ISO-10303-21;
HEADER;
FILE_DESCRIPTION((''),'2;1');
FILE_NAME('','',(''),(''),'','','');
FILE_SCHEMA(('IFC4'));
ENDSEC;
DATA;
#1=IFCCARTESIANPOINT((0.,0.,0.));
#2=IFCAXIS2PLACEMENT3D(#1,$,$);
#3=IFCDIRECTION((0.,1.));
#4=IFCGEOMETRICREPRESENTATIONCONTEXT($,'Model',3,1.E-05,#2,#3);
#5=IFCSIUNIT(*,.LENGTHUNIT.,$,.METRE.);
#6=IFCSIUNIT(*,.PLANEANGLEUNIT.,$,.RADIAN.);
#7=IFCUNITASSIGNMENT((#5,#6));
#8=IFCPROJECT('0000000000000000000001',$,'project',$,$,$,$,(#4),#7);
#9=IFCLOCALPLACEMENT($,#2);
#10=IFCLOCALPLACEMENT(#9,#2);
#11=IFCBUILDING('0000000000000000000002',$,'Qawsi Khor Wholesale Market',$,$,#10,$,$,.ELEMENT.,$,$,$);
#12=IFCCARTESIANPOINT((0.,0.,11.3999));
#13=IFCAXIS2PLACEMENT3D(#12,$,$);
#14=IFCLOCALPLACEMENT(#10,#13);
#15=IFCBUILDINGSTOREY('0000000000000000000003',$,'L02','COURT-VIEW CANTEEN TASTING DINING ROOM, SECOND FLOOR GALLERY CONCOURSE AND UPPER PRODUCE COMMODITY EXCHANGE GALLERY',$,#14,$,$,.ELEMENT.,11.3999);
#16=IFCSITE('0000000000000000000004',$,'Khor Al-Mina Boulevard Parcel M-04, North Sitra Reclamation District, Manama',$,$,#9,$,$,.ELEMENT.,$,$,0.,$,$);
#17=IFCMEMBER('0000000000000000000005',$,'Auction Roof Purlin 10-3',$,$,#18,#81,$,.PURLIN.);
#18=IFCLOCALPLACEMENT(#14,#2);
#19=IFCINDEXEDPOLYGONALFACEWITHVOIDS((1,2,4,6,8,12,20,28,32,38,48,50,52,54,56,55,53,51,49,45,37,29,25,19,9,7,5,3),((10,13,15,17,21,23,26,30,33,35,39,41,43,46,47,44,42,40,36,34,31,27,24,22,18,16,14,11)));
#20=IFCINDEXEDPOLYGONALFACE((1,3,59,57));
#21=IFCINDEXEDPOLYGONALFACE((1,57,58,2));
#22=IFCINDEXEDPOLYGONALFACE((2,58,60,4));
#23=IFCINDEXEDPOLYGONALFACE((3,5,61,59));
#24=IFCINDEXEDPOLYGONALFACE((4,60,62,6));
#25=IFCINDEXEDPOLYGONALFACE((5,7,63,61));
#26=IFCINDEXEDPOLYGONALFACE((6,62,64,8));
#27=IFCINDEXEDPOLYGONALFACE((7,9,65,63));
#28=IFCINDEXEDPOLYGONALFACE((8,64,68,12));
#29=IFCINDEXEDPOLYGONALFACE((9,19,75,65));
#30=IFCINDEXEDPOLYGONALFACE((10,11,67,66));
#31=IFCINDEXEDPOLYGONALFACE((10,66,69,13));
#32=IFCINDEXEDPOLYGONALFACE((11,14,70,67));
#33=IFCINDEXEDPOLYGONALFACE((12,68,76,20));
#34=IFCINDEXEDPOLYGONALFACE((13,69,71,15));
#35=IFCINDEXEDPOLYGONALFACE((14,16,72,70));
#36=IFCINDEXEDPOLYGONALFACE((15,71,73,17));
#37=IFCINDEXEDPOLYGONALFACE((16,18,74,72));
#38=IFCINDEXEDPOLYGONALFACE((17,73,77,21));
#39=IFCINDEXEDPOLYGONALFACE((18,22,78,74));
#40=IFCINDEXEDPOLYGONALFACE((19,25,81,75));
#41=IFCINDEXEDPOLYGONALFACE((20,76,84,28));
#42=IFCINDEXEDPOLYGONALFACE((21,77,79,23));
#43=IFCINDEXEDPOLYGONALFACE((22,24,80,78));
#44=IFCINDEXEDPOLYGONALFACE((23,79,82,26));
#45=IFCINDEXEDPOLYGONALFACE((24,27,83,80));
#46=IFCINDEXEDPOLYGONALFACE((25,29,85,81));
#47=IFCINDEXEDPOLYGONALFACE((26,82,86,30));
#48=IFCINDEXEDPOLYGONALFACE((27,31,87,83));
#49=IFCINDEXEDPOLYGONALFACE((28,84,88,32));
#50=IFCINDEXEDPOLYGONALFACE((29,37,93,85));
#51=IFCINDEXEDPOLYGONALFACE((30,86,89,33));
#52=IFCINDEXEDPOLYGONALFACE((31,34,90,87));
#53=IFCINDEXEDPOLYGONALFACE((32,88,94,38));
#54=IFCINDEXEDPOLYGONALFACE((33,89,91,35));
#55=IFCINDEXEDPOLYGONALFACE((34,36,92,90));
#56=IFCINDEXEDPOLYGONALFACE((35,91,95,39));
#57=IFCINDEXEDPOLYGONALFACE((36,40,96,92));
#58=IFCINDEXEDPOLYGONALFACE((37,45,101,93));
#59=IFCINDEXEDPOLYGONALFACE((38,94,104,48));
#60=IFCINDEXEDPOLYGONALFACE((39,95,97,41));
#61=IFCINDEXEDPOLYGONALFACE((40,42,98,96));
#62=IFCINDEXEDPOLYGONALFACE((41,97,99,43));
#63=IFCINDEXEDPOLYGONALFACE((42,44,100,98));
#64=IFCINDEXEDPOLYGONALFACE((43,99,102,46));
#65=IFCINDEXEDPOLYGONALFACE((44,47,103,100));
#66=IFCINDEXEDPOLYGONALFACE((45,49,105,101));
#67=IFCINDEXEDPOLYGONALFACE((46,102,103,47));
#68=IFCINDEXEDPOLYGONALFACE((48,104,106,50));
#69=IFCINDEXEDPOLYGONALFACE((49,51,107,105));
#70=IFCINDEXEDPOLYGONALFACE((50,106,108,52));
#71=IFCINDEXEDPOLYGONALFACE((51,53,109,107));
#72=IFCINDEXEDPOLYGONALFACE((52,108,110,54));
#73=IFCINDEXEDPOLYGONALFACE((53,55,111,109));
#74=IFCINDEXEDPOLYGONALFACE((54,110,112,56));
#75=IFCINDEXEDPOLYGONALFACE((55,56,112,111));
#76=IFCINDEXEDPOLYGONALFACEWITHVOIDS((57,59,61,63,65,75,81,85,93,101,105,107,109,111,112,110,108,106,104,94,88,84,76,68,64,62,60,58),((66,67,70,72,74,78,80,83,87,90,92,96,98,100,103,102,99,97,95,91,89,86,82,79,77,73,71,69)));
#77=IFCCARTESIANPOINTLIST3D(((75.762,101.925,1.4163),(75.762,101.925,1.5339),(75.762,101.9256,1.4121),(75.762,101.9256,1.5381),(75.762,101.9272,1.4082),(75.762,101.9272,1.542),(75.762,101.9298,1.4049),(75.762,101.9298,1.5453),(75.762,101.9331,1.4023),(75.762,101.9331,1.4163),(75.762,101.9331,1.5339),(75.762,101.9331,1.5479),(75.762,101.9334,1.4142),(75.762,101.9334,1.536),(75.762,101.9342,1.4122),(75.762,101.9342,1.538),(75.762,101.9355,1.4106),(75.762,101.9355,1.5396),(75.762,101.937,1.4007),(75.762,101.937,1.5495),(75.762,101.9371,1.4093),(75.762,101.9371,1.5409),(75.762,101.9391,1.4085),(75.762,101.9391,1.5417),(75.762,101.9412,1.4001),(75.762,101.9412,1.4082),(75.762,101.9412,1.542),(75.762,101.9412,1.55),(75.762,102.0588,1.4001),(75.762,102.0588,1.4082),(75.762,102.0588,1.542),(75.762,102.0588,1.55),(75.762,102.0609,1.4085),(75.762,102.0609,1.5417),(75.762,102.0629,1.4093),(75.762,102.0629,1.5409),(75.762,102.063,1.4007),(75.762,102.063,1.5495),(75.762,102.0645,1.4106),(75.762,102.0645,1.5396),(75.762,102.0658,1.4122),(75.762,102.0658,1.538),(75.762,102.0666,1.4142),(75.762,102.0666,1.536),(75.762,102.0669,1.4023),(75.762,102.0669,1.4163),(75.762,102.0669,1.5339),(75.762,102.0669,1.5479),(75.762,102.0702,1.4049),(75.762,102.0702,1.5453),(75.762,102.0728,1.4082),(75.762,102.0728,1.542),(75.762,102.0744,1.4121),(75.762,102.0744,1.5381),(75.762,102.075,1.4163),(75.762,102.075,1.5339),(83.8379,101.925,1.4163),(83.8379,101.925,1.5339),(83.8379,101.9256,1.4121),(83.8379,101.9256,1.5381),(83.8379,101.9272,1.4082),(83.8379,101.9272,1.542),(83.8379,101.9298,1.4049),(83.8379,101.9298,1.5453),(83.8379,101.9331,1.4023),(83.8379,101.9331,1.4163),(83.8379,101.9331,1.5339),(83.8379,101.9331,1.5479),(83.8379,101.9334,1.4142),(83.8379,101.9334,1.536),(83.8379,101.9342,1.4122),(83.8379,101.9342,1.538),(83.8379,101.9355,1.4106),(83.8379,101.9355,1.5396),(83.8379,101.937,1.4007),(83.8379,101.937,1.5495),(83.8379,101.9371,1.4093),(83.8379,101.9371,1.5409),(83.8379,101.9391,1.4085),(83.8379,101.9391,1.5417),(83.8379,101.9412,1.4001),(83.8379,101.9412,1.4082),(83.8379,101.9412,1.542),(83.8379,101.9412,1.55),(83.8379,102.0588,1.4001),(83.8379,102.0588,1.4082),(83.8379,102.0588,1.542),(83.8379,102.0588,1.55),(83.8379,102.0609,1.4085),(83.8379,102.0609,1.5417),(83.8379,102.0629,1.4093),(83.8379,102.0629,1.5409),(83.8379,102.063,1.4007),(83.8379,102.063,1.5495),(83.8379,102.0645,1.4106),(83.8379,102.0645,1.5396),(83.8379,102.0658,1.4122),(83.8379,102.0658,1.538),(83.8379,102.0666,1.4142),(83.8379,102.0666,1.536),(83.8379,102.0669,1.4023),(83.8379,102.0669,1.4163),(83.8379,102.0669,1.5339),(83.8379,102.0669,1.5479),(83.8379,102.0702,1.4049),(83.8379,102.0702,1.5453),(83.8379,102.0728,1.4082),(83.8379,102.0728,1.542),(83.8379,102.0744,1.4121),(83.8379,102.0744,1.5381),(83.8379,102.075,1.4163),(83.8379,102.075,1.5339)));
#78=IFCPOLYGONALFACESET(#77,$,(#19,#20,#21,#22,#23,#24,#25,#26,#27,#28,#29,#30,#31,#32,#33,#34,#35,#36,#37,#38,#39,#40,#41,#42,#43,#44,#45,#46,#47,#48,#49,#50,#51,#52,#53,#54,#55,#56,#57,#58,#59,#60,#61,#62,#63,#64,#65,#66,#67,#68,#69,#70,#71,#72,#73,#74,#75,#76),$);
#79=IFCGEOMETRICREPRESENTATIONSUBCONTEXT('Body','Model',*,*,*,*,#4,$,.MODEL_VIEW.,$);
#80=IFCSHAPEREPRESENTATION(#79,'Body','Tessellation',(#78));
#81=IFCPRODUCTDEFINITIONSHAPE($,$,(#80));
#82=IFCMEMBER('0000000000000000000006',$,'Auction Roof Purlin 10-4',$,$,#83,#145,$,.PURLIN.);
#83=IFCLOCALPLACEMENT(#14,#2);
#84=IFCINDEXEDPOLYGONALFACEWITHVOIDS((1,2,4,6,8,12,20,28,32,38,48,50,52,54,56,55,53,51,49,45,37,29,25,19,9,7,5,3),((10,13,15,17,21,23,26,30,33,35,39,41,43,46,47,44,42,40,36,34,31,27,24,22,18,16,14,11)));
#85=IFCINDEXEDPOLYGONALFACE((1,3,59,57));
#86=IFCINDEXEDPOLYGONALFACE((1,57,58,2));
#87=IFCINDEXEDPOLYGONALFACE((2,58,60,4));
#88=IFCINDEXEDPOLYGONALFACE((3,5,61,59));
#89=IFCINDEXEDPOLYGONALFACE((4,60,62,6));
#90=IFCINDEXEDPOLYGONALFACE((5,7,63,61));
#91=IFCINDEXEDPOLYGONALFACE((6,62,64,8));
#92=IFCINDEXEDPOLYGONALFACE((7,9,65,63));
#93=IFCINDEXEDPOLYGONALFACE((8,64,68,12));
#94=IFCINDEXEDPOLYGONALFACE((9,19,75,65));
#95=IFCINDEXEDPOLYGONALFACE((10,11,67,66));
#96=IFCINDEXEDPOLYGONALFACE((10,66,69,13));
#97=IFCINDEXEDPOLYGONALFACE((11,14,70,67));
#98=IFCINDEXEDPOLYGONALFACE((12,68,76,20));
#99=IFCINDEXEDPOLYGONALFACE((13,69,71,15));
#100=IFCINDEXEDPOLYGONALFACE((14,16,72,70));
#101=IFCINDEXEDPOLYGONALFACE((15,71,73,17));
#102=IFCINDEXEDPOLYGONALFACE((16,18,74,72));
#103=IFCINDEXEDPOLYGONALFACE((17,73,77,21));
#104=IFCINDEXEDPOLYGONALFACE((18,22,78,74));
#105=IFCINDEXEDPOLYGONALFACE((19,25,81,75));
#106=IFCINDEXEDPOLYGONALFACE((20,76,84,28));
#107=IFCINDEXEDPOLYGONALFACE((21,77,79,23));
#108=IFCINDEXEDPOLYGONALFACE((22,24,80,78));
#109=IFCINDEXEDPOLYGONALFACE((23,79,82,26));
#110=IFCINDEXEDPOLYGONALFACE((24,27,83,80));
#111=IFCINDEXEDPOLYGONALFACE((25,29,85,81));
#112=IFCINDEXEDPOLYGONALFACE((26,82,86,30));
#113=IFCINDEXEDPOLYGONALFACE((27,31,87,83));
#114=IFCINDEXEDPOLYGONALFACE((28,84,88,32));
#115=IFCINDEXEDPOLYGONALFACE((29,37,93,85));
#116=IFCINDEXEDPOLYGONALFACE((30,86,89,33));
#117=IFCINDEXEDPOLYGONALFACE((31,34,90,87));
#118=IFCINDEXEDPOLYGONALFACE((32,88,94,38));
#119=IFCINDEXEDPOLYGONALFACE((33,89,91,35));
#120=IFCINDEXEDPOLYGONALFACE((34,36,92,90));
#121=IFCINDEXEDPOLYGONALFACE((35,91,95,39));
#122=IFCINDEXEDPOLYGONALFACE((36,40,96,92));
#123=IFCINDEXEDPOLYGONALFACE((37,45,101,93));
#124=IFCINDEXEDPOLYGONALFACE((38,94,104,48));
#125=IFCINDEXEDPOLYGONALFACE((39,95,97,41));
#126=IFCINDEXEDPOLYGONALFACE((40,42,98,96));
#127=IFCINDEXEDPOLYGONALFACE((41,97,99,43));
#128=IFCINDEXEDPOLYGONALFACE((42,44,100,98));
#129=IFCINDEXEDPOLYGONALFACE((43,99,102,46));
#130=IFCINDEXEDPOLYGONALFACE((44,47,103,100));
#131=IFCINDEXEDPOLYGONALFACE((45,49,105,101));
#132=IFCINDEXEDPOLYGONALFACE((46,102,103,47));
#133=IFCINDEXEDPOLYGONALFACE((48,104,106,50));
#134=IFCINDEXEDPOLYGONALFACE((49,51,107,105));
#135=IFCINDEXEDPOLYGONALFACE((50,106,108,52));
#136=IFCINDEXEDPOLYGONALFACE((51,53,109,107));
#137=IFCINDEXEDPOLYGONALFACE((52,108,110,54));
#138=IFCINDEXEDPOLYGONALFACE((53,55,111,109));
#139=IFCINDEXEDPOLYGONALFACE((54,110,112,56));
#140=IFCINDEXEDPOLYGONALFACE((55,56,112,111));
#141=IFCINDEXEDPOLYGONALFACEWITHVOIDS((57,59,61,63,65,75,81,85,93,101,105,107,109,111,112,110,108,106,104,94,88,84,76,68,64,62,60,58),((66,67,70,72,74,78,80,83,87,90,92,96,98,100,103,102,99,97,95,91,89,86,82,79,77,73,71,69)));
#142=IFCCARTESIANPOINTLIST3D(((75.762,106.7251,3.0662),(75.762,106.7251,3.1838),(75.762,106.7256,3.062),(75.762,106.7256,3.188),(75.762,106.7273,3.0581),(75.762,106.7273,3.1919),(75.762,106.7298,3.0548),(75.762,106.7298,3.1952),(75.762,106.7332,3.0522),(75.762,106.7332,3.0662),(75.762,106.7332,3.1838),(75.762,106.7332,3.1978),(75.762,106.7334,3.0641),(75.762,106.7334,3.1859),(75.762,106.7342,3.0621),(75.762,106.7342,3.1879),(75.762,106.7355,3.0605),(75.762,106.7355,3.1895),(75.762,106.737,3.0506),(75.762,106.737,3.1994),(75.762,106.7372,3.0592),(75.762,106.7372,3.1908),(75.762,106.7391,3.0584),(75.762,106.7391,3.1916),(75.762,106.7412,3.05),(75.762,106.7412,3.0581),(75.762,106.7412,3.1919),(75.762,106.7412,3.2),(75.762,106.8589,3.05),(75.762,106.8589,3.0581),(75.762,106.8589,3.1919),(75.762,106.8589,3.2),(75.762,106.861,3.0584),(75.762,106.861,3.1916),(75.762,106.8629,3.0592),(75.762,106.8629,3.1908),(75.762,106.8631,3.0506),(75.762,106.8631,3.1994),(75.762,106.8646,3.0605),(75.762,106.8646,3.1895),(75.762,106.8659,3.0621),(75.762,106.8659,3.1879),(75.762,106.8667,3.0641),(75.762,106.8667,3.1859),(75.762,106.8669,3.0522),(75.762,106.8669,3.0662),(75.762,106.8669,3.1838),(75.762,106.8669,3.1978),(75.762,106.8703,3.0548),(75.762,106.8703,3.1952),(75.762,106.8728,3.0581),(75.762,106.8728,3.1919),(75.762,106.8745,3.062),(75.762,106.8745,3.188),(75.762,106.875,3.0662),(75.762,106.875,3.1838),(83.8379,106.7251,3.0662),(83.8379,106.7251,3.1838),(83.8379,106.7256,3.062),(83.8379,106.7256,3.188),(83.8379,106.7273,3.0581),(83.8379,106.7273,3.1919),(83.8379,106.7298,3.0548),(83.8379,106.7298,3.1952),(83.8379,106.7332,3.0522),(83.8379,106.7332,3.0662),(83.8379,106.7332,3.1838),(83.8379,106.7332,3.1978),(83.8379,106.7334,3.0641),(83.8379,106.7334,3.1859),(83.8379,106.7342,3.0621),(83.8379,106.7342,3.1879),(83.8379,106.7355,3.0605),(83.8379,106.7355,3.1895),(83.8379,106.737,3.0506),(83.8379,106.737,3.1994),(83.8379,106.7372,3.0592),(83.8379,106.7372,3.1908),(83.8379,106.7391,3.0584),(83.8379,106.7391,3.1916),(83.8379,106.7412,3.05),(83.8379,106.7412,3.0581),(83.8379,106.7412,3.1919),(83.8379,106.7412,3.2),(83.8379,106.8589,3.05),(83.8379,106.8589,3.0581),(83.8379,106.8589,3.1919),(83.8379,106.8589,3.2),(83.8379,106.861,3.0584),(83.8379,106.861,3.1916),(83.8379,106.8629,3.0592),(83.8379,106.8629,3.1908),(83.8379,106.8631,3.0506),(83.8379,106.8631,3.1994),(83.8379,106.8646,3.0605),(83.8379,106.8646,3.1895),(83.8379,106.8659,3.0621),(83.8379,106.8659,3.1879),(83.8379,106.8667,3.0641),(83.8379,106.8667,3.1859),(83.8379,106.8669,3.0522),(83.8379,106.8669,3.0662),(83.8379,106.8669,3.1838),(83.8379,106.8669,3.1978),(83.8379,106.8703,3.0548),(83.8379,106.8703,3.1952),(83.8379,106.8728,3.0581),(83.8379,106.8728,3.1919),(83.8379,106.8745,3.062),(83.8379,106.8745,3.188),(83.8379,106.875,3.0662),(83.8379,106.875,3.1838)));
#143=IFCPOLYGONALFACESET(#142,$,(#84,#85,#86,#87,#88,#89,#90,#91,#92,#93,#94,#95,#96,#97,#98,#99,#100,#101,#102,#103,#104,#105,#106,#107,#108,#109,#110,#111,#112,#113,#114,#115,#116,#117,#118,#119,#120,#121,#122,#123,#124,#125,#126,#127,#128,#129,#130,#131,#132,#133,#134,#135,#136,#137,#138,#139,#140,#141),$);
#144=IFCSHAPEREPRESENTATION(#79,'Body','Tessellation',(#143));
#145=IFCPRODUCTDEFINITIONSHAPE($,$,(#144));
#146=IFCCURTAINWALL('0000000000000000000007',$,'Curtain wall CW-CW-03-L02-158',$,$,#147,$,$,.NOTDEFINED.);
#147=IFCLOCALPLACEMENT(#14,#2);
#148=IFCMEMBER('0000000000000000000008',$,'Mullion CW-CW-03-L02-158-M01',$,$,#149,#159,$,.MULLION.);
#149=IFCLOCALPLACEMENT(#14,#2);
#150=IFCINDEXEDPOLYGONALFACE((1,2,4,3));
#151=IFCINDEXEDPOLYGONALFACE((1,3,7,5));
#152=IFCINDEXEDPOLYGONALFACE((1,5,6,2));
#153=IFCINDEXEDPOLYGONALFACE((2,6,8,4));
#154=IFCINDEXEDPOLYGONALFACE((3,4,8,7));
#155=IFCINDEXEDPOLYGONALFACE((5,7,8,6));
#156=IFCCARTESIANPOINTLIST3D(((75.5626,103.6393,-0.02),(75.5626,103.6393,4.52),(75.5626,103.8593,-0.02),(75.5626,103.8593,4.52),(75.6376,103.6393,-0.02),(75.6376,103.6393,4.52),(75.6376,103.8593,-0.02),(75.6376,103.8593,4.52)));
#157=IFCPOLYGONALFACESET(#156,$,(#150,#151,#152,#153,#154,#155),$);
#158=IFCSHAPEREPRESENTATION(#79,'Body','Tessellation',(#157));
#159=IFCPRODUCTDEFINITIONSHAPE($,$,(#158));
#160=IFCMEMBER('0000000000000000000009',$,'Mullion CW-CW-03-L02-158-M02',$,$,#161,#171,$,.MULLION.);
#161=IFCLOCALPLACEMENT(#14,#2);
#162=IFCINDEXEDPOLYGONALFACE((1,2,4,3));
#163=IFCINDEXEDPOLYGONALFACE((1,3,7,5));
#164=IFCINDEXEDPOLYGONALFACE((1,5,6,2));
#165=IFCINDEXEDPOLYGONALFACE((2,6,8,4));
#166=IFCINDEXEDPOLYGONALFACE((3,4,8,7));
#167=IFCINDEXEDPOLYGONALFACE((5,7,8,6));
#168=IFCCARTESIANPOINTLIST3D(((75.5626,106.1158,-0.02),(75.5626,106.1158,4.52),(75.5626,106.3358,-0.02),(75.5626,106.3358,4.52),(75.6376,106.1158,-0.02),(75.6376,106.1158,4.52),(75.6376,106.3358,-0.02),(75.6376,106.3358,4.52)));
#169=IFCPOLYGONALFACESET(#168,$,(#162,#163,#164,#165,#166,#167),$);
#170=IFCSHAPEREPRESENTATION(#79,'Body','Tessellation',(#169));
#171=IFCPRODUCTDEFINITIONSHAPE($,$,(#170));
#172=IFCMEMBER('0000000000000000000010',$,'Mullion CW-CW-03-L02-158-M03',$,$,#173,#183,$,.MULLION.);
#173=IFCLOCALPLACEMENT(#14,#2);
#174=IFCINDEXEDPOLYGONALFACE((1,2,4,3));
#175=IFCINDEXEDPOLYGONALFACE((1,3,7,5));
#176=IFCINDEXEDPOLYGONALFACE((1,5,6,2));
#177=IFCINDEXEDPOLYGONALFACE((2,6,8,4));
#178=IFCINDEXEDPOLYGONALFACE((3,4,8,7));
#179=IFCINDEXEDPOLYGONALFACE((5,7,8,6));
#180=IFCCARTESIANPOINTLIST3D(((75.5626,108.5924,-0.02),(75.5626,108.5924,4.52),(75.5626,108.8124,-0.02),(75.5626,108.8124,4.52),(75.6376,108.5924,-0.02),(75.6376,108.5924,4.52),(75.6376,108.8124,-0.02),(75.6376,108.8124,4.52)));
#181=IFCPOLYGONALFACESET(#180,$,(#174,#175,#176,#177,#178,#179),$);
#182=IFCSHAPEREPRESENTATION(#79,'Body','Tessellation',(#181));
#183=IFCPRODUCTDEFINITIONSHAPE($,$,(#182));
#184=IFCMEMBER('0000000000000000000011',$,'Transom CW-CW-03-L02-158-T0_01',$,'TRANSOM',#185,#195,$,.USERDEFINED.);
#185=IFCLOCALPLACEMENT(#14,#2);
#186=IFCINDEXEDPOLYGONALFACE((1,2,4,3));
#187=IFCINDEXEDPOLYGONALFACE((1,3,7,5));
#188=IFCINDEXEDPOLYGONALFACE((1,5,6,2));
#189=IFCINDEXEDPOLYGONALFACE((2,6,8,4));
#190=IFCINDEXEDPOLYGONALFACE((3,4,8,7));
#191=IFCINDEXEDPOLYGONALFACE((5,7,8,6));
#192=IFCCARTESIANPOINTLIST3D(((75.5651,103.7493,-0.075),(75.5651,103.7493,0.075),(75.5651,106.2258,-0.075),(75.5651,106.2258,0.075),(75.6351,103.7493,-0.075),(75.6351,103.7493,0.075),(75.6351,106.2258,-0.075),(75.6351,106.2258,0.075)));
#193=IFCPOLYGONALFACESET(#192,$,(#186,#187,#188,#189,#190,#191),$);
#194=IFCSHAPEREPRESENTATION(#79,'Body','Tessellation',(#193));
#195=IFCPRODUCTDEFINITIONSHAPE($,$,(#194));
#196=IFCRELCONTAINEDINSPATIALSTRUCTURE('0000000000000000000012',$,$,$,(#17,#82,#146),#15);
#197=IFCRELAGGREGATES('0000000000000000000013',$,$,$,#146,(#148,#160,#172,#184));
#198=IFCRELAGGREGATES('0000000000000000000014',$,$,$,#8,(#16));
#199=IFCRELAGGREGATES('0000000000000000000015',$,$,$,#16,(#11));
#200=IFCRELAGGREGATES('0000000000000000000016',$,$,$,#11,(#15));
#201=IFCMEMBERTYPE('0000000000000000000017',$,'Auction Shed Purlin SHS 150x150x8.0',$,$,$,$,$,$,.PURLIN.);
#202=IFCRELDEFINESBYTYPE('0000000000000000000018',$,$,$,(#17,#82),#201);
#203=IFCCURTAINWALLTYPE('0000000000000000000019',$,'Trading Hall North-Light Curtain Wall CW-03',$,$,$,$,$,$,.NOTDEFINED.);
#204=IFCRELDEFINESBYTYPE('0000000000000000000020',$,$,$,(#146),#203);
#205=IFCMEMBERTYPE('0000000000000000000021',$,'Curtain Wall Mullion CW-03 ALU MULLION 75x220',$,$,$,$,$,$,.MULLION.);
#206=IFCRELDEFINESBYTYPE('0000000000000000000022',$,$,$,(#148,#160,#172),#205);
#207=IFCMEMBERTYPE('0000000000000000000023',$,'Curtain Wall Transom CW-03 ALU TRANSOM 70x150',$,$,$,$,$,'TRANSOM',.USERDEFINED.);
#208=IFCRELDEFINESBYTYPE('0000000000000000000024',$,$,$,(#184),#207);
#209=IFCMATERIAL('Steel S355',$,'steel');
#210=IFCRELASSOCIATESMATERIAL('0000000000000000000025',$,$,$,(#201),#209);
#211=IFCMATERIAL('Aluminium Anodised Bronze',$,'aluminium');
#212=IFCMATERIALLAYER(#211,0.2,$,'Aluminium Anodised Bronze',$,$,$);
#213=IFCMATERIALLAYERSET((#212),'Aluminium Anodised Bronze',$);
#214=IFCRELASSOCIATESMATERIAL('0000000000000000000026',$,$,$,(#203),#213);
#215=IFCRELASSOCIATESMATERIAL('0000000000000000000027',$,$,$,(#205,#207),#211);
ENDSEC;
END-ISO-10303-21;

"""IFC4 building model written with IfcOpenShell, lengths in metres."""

from ifc_helpers import new_model, si_unit, direction, frame, origin, origin_2d, place, context, subcontext, project, spatial, rectangle, hollow_rectangle, extrude, material, layer, layer_set, material_profile, profile_set, type_object, element, aggregate, save


model = new_model("IFC4")

# Units and contexts
model_context = context("Model", 3, precision=1e-05, world=origin(), true_north=direction((0.0, 1.0)))
body_context = subcontext(model_context, "Body", "Model", "MODEL_VIEW")
ifc_project = project(units=[si_unit("LENGTHUNIT", "METRE"), si_unit("PLANEANGLEUNIT", "RADIAN")], contexts=[model_context])

# Site, building, storey
site_placement = place(None, origin())
site = spatial("IfcSite", under=ifc_project, at=site_placement, Name="Khor Al-Mina Boulevard Parcel M-04, North Sitra Reclamation District, Manama", CompositionType="ELEMENT", RefElevation=0.0)
building_placement = place(site_placement, origin())
building = spatial("IfcBuilding", under=site, at=building_placement, Name="Qawsi Khor Wholesale Market", CompositionType="ELEMENT")
storey_placement = place(building_placement, frame((0.0, 0.0, 11.3999)))
storey = spatial("IfcBuildingStorey", under=building, at=storey_placement, Name="L02", Description="COURT-VIEW CANTEEN TASTING DINING ROOM, SECOND FLOOR GALLERY CONCOURSE AND UPPER PRODUCE COMMODITY EXCHANGE GALLERY", CompositionType="ELEMENT", Elevation=11.3999)

# Members
ifc_material_1 = material(Name="Steel S355", Category="steel")
ifc_material_profile_1 = material_profile(ifc_material_1, hollow_rectangle(XDim=0.1499, YDim=0.1499, WallThickness=0.0081, InnerFilletRadius=0.0081, OuterFilletRadius=0.0161, at=origin_2d()), Name="SHS 150x150x8.0")
ifc_profile_set_1 = profile_set([ifc_material_profile_1], Name="Steel S355")
member_type_1 = type_object("IfcMemberType", Name="Auction Shed Purlin SHS 150x150x8.0", PredefinedType="PURLIN", material=ifc_profile_set_1)
for number, where, z_axis, x_axis, name in (
    (1, (75.762, 102.0, 1.4751), (1.0, 0.0, 0.0), (0.0, 1.0, 0.0), "Auction Roof Purlin 10-3"),
    (2, (75.762, 106.8, 3.125), (1.0, 0.0, 0.0), (0.0, 1.0, 0.0), "Auction Roof Purlin 10-4"),
):
    element("IfcMember", number, at=place(storey_placement, frame(where, z_axis=z_axis, x_axis=x_axis)), inside=storey, type_object=member_type_1, Name=name, PredefinedType="PURLIN", context=body_context, shape_type="SweptSolid", body=[
        extrude(hollow_rectangle(XDim=0.1499, YDim=0.1499, WallThickness=0.0081, InnerFilletRadius=0.0081, OuterFilletRadius=0.0161, at=origin_2d()), origin(), (0.0, 0.0, 1.0), 8.0759),
    ])

# Curtain wall, members
ifc_material_2 = material(Name="Aluminium Anodised Bronze", Category="aluminium")
ifc_layer_1 = layer(ifc_material_2, 0.2, Name="Aluminium Anodised Bronze")
ifc_layer_set_1 = layer_set([ifc_layer_1], Name="Aluminium Anodised Bronze")
curtain_wall_type = type_object("IfcCurtainWallType", Name="Trading Hall North-Light Curtain Wall CW-03", PredefinedType="NOTDEFINED", material=ifc_layer_set_1)
curtain_wall_placement = place(storey_placement, origin())
curtain_wall = element("IfcCurtainWall", 3, at=curtain_wall_placement, inside=storey, type_object=curtain_wall_type, Name="Curtain wall CW-CW-03-L02-158", PredefinedType="NOTDEFINED")
ifc_material_profile_2 = material_profile(ifc_material_2, rectangle(XDim=0.075, YDim=0.22, at=origin_2d()), Name="ALU MULLION 75x220")
ifc_profile_set_2 = profile_set([ifc_material_profile_2], Name="Aluminium Anodised Bronze")
member_type_2 = type_object("IfcMemberType", Name="Curtain Wall Mullion CW-03 ALU MULLION 75x220", PredefinedType="MULLION", material=ifc_profile_set_2)
member_1_placement = place(storey_placement, frame((75.6001, 103.7493, -0.02), z_axis=(0.0, 0.0, 1.0), x_axis=(1.0, 0.0, 0.0)))
member_1 = element("IfcMember", 4, at=member_1_placement, type_object=member_type_2, Name="Mullion CW-CW-03-L02-158-M01", PredefinedType="MULLION", context=body_context, shape_type="SweptSolid", body=[
    extrude(rectangle(XDim=0.075, YDim=0.22, at=origin_2d()), origin(), (0.0, 0.0, 1.0), 4.54),
])
member_2_placement = place(storey_placement, frame((75.6001, 106.2258, -0.02), z_axis=(0.0, 0.0, 1.0), x_axis=(1.0, 0.0, 0.0)))
member_2 = element("IfcMember", 5, at=member_2_placement, type_object=member_type_2, Name="Mullion CW-CW-03-L02-158-M02", PredefinedType="MULLION", context=body_context, shape_type="SweptSolid", body=[
    extrude(rectangle(XDim=0.075, YDim=0.22, at=origin_2d()), origin(), (0.0, 0.0, 1.0), 4.54),
])
member_3_placement = place(storey_placement, frame((75.6001, 108.7024, -0.02), z_axis=(0.0, 0.0, 1.0), x_axis=(1.0, 0.0, 0.0)))
member_3 = element("IfcMember", 6, at=member_3_placement, type_object=member_type_2, Name="Mullion CW-CW-03-L02-158-M03", PredefinedType="MULLION", context=body_context, shape_type="SweptSolid", body=[
    extrude(rectangle(XDim=0.075, YDim=0.22, at=origin_2d()), origin(), (0.0, 0.0, 1.0), 4.54),
])
ifc_material_profile_3 = material_profile(ifc_material_2, rectangle(XDim=0.0701, YDim=0.1499, at=origin_2d()), Name="ALU TRANSOM 70x150")
ifc_profile_set_3 = profile_set([ifc_material_profile_3], Name="Aluminium Anodised Bronze")
member_type_3 = type_object("IfcMemberType", Name="Curtain Wall Transom CW-03 ALU TRANSOM 70x150", ElementType="TRANSOM", PredefinedType="USERDEFINED", material=ifc_profile_set_3)
member_4_placement = place(storey_placement, frame((75.6001, 103.7493, 0.0), z_axis=(0.0, 1.0, 0.0), x_axis=(-1.0, 0.0, 0.0)))
member_4 = element("IfcMember", 7, at=member_4_placement, type_object=member_type_3, Name="Transom CW-CW-03-L02-158-T0_01", ObjectType="TRANSOM", PredefinedType="USERDEFINED", context=body_context, shape_type="SweptSolid", body=[
    extrude(rectangle(XDim=0.0701, YDim=0.1499, at=origin_2d()), origin(), (0.0, 0.0, 1.0), 2.4766),
])
aggregate(curtain_wall, [member_1, member_2, member_3, member_4])

save(model, "model.ifc")
